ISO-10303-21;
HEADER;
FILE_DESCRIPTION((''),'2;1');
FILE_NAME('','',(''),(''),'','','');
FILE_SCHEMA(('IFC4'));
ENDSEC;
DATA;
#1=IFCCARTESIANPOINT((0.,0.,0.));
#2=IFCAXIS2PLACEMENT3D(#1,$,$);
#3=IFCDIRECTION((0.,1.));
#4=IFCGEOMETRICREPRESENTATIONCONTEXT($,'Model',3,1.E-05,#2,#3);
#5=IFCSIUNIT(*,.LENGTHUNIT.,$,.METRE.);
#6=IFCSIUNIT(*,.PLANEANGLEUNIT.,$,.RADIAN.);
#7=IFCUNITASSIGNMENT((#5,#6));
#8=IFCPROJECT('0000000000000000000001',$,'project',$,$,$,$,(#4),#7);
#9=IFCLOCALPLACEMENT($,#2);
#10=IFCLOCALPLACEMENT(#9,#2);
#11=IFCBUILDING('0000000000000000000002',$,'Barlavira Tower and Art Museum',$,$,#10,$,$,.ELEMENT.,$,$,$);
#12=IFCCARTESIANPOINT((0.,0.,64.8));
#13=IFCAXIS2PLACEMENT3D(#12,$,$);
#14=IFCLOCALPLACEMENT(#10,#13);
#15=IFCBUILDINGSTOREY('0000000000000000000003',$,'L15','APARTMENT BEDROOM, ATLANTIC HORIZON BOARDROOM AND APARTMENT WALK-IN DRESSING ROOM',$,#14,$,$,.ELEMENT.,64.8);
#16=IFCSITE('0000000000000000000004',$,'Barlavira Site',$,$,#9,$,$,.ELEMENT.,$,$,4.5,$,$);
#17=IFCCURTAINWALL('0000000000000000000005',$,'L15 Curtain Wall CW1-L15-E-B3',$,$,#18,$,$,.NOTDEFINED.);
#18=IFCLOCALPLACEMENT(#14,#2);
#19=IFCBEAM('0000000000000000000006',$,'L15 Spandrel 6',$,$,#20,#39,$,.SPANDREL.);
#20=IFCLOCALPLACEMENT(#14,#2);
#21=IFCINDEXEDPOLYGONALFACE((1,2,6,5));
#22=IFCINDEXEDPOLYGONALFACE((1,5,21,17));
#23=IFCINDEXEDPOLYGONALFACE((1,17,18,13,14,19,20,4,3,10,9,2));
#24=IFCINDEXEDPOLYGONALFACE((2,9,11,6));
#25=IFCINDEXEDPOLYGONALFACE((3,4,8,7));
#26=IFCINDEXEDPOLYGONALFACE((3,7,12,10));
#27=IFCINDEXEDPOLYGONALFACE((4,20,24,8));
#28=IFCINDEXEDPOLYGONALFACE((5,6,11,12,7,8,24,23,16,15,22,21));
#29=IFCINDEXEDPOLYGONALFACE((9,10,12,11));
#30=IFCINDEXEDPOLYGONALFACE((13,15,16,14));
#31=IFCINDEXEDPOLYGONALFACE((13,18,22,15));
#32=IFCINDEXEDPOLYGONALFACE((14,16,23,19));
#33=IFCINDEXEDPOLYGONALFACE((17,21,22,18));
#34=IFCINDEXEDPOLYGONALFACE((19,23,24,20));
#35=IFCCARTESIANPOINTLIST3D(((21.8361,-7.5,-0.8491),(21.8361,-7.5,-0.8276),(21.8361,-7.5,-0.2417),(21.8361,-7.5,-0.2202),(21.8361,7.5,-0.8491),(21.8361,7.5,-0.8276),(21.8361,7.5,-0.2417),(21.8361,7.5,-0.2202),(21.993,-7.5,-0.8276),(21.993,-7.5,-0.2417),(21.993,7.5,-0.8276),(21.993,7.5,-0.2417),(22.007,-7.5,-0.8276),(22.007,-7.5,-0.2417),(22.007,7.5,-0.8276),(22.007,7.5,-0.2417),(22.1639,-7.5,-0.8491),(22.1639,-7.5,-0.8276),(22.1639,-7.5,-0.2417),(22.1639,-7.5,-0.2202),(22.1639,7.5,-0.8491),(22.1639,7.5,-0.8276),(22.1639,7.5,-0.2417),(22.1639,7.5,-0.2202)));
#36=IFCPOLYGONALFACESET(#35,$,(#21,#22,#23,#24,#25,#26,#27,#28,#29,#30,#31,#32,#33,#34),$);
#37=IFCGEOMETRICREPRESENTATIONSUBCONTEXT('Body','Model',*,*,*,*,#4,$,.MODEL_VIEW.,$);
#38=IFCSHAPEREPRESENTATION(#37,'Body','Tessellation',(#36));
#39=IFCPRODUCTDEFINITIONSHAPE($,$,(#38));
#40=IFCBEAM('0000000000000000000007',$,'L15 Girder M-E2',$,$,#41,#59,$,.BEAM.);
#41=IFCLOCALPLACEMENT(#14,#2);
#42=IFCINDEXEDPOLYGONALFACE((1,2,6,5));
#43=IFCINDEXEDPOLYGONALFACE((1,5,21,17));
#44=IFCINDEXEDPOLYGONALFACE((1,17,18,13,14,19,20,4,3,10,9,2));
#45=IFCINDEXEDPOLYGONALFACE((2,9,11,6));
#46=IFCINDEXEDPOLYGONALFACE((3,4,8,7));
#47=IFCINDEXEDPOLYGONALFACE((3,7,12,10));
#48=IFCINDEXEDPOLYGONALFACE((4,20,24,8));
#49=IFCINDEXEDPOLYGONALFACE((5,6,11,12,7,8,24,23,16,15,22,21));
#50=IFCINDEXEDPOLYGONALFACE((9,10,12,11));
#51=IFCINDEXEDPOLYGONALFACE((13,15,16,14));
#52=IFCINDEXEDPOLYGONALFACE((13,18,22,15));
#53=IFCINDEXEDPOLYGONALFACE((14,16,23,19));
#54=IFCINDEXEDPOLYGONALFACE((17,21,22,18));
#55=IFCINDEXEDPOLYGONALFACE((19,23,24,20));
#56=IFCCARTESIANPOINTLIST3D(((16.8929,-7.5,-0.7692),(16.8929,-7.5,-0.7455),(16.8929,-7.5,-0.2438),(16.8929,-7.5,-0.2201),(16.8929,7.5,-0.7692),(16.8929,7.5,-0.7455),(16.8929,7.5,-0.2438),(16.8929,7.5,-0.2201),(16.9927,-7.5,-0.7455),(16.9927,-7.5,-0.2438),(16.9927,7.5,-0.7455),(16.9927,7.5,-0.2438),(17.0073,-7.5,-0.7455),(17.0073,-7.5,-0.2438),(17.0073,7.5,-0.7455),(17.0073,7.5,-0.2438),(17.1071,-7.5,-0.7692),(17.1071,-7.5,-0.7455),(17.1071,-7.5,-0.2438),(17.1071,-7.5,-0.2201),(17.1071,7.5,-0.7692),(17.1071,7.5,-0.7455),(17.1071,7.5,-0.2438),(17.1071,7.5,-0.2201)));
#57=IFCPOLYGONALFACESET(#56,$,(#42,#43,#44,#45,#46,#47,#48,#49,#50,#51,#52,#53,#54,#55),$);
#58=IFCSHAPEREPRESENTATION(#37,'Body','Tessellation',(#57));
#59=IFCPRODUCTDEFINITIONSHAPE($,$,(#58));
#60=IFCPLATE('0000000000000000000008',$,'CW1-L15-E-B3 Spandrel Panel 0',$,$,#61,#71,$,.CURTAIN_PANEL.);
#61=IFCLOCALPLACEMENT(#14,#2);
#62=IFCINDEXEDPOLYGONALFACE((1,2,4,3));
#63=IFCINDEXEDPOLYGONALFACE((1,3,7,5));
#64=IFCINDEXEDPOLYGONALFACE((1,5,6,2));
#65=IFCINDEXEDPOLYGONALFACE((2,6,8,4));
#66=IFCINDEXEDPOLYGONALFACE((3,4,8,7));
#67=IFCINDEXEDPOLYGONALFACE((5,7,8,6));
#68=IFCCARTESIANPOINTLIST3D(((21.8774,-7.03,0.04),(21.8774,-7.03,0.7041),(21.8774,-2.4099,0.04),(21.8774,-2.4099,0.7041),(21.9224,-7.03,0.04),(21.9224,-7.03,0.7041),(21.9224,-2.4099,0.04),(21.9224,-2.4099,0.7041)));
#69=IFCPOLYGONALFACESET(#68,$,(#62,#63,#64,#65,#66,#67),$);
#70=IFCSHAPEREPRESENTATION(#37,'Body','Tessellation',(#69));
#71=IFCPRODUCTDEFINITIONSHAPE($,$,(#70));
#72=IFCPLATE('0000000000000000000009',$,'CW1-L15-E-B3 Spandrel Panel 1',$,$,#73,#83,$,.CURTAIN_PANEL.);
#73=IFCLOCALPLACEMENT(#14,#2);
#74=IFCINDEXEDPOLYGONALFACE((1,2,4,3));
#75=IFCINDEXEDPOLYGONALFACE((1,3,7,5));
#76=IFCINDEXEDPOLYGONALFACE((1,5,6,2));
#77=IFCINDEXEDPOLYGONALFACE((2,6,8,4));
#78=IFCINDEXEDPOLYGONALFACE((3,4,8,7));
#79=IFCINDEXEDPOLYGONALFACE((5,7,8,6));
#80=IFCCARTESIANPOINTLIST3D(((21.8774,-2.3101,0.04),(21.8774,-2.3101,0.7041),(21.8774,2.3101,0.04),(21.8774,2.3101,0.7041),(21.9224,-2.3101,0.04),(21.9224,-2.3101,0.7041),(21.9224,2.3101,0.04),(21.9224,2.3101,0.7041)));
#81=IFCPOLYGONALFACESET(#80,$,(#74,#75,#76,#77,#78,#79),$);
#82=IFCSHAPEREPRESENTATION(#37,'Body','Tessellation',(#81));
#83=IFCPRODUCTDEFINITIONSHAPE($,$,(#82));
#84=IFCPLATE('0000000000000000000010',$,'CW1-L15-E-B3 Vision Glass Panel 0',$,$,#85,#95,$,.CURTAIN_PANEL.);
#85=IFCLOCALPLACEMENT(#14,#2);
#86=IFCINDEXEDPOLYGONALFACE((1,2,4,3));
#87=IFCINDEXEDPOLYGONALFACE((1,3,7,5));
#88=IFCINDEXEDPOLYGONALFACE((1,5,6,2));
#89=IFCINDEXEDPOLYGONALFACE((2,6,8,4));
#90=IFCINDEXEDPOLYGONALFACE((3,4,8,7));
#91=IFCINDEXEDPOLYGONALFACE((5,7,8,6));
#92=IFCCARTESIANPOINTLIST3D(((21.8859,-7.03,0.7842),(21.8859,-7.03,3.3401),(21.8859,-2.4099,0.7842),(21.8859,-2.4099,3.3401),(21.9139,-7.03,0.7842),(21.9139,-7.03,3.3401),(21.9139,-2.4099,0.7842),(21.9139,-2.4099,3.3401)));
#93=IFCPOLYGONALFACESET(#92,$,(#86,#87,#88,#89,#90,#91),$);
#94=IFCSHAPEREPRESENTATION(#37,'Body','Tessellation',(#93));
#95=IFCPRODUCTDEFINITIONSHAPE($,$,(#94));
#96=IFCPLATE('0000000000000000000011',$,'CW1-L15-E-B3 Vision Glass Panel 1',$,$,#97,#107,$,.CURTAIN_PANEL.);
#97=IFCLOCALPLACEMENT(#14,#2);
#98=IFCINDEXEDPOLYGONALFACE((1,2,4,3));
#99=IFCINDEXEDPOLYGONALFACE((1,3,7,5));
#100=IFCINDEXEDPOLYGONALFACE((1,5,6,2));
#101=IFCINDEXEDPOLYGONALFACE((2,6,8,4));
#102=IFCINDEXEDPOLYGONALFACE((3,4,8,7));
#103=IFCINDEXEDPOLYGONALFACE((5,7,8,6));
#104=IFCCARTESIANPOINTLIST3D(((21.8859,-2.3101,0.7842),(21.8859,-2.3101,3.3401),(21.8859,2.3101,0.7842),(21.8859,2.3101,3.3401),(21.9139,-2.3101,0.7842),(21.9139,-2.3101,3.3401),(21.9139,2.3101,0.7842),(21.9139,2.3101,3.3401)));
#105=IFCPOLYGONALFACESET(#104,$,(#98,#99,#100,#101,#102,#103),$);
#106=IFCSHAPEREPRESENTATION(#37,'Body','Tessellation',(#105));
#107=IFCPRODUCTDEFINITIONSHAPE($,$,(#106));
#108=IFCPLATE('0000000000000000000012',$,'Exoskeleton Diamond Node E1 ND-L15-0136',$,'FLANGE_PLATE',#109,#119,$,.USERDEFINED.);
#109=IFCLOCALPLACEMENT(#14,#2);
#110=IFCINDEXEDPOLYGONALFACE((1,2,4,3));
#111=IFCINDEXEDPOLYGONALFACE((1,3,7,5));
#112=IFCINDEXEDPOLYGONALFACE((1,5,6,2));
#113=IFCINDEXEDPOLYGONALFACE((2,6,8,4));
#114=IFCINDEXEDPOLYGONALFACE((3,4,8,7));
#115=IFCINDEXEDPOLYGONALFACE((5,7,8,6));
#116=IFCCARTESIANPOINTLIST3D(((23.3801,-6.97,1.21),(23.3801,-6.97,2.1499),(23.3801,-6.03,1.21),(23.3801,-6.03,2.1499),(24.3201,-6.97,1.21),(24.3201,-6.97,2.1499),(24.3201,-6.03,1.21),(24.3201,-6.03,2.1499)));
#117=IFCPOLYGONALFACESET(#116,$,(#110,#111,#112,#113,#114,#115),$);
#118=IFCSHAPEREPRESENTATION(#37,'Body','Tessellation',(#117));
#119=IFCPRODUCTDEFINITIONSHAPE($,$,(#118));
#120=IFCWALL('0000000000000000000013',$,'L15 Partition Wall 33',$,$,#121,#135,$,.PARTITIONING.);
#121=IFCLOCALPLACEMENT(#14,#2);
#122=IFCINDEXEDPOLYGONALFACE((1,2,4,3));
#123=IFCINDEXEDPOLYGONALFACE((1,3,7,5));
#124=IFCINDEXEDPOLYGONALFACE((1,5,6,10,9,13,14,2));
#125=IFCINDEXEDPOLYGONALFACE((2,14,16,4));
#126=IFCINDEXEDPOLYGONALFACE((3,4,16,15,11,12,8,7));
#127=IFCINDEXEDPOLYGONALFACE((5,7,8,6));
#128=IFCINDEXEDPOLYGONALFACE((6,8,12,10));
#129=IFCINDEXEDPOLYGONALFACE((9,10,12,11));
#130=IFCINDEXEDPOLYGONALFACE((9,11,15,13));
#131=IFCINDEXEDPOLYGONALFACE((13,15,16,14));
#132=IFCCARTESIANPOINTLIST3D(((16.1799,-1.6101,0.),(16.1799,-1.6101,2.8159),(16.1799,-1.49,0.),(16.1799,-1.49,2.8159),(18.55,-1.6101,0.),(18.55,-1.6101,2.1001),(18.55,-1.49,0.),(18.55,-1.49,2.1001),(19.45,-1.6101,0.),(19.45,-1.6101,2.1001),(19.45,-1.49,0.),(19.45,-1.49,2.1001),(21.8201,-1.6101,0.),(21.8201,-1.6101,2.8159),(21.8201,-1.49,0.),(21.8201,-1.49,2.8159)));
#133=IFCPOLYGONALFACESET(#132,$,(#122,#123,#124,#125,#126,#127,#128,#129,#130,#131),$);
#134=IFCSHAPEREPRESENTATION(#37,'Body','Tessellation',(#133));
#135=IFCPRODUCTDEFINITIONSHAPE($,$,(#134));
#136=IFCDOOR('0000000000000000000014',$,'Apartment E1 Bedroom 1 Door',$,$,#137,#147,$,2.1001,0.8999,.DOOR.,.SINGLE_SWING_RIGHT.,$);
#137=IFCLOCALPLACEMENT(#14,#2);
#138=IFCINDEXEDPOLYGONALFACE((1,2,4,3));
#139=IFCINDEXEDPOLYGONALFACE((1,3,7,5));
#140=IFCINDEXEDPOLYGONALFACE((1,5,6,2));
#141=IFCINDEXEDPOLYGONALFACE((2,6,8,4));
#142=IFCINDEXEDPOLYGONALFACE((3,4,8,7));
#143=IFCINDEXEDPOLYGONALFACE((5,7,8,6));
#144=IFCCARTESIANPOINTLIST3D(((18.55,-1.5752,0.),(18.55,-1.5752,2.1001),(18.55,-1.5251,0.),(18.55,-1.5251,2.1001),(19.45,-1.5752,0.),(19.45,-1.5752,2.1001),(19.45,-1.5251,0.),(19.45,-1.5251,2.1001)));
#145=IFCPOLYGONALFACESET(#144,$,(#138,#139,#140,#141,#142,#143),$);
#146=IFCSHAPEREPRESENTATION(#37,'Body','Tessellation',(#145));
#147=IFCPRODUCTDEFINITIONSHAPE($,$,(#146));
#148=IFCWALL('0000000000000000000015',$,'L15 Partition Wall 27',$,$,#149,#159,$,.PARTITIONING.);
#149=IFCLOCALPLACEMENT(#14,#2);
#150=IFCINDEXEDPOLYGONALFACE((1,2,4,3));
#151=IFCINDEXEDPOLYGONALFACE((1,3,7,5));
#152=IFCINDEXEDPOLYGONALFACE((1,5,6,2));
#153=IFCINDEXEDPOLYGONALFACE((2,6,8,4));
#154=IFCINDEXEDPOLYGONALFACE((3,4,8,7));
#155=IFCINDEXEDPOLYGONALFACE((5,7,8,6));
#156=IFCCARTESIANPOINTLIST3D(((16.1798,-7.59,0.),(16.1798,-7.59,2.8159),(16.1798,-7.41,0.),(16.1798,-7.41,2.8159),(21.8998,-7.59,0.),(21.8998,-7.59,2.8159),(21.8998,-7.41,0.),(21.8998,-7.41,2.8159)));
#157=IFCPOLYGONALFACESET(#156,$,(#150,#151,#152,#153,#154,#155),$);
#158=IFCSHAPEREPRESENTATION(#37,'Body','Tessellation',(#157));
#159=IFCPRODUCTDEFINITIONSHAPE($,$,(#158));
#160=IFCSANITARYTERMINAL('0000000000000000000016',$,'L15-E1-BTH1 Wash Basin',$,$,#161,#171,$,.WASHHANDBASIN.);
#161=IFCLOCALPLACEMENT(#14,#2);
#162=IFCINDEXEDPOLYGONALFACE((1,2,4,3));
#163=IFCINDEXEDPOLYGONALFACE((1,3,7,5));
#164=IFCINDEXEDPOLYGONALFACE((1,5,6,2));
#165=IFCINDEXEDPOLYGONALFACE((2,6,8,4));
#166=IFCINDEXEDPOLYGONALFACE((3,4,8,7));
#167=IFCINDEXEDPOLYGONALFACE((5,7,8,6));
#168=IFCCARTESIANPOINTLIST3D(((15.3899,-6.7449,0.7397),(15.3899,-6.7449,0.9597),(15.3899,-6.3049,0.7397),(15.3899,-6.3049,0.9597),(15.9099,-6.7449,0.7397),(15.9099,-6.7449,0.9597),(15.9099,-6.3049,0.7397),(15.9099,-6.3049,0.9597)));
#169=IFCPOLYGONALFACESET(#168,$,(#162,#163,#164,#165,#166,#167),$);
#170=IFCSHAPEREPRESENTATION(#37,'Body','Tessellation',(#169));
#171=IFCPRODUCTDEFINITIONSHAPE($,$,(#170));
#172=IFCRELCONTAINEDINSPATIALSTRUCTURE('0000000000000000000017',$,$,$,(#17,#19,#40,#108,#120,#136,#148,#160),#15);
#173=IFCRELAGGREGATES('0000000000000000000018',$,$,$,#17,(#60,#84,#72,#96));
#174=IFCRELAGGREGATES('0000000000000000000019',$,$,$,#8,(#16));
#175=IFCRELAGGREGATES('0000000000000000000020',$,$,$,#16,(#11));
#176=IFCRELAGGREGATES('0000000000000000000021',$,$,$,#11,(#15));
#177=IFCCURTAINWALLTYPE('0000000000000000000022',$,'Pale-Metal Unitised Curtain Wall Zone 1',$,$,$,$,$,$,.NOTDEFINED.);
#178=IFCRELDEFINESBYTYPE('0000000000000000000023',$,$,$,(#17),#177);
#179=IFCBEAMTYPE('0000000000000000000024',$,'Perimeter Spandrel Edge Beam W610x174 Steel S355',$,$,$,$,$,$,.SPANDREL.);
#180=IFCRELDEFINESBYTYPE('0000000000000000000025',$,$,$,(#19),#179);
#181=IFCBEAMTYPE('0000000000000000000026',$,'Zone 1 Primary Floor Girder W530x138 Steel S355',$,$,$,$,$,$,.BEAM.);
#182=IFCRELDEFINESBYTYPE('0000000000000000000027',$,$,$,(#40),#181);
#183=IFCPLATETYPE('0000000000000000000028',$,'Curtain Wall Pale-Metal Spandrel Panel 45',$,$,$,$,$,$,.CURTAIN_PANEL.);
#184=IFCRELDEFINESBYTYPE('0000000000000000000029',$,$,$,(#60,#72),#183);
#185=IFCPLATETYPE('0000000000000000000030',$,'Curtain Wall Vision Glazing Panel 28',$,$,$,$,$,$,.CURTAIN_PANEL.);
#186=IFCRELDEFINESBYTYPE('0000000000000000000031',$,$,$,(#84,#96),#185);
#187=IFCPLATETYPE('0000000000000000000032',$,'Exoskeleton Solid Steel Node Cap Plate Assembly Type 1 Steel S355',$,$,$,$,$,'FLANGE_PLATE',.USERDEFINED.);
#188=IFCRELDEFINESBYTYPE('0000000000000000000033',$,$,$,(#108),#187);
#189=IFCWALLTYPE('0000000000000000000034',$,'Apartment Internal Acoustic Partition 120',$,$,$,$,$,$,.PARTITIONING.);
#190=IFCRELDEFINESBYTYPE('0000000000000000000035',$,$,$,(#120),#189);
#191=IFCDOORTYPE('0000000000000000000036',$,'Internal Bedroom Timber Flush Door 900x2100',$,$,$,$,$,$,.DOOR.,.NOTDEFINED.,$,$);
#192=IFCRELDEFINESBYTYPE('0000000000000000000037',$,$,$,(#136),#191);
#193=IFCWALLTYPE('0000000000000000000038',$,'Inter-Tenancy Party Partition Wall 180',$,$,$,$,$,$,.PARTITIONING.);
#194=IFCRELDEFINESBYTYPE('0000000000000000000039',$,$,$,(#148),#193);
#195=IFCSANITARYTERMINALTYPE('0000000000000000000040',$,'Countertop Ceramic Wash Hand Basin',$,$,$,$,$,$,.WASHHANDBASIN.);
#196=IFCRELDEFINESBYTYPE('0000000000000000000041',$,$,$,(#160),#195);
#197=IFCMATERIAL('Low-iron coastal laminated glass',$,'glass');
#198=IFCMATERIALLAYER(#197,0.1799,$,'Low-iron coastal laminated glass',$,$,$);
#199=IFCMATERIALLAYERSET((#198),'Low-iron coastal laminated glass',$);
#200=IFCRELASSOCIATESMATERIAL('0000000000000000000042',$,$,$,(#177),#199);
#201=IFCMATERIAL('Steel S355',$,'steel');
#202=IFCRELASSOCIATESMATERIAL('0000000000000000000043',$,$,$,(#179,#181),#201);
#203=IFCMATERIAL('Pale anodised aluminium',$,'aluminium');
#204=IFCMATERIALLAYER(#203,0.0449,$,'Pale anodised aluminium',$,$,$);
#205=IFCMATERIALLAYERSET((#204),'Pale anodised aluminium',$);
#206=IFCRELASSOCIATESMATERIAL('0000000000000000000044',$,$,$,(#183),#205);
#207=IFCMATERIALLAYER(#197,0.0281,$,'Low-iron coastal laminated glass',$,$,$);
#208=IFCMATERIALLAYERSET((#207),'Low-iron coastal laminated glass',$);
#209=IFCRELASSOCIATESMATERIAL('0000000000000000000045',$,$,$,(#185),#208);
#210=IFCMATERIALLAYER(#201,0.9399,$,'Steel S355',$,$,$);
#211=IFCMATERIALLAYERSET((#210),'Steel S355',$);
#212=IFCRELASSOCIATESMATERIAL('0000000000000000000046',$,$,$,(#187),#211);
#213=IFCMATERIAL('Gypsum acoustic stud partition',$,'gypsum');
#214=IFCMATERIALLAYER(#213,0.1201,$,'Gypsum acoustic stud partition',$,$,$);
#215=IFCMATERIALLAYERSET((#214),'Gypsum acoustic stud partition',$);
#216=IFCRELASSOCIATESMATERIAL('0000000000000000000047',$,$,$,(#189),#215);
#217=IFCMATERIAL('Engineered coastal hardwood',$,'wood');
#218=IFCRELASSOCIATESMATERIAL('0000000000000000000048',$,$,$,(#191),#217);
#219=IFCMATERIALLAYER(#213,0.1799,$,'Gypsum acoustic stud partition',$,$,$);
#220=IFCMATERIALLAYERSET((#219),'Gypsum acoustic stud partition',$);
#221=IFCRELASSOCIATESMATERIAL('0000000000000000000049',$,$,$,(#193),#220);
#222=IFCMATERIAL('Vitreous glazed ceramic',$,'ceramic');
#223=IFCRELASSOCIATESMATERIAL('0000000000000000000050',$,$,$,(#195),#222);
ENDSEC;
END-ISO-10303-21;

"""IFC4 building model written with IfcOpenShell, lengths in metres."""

from ifc_helpers import new_model, si_unit, direction, frame, frame_2d, origin, origin_2d, place, context, subcontext, project, spatial, rectangle, i_section, extrude, material, layer, layer_set, material_profile, profile_set, type_object, element, fill, aggregate, save


model = new_model("IFC4")

# Units and contexts
model_context = context("Model", 3, precision=1e-05, world=origin(), true_north=direction((0.0, 1.0)))
body_context = subcontext(model_context, "Body", "Model", "MODEL_VIEW")
ifc_project = project(units=[si_unit("LENGTHUNIT", "METRE"), si_unit("PLANEANGLEUNIT", "RADIAN")], contexts=[model_context])

# Site, building, storey
site_placement = place(None, origin())
site = spatial("IfcSite", under=ifc_project, at=site_placement, Name="Barlavira Site", CompositionType="ELEMENT", RefElevation=4.5)
building_placement = place(site_placement, origin())
building = spatial("IfcBuilding", under=site, at=building_placement, Name="Barlavira Tower and Art Museum", CompositionType="ELEMENT")
storey_placement = place(building_placement, frame((0.0, 0.0, 64.8)))
storey = spatial("IfcBuildingStorey", under=building, at=storey_placement, Name="L15", Description="APARTMENT BEDROOM, ATLANTIC HORIZON BOARDROOM AND APARTMENT WALK-IN DRESSING ROOM", CompositionType="ELEMENT", Elevation=64.8)

# Curtain wall
ifc_material_1 = material(Name="Low-iron coastal laminated glass", Category="glass")
ifc_layer_1 = layer(ifc_material_1, 0.1799, Name="Low-iron coastal laminated glass")
ifc_layer_set_1 = layer_set([ifc_layer_1], Name="Low-iron coastal laminated glass")
curtain_wall_type = type_object("IfcCurtainWallType", Name="Pale-Metal Unitised Curtain Wall Zone 1", PredefinedType="NOTDEFINED", material=ifc_layer_set_1)
curtain_wall_placement = place(storey_placement, origin())
curtain_wall = element("IfcCurtainWall", 1, at=curtain_wall_placement, inside=storey, type_object=curtain_wall_type, Name="L15 Curtain Wall CW1-L15-E-B3", PredefinedType="NOTDEFINED")
ifc_material_2 = material(Name="Pale anodised aluminium", Category="aluminium")

# Beams
ifc_material_3 = material(Name="Steel S355", Category="steel")
ifc_material_profile_1 = material_profile(ifc_material_3, i_section(OverallWidth=0.3279, OverallDepth=0.6289, WebThickness=0.0139, FlangeThickness=0.0215, at=origin_2d()), Name="W610x174.0")
ifc_profile_set_1 = profile_set([ifc_material_profile_1], Name="Steel S355")
beam_type_1 = type_object("IfcBeamType", Name="Perimeter Spandrel Edge Beam W610x174 Steel S355", PredefinedType="SPANDREL", material=ifc_profile_set_1)
beam_1_placement = place(storey_placement, frame((22.0, -7.5, -0.5347), z_axis=(0.0, 1.0, 0.0), x_axis=(-1.0, 0.0, 0.0)))
element("IfcBeam", 2, at=beam_1_placement, inside=storey, type_object=beam_type_1, Name="L15 Spandrel 6", PredefinedType="SPANDREL", context=body_context, shape_type="SweptSolid", body=[
    extrude(i_section(OverallWidth=0.3279, OverallDepth=0.6289, WebThickness=0.0139, FlangeThickness=0.0215, at=origin_2d()), origin(), (0.0, 0.0, 1.0), 15.0),
])
ifc_material_profile_2 = material_profile(ifc_material_3, i_section(OverallWidth=0.2141, OverallDepth=0.5491, WebThickness=0.0146, FlangeThickness=0.0237, at=origin_2d()), Name="W530x138.0")
ifc_profile_set_2 = profile_set([ifc_material_profile_2], Name="Steel S355")
beam_type_2 = type_object("IfcBeamType", Name="Zone 1 Primary Floor Girder W530x138 Steel S355", PredefinedType="BEAM", material=ifc_profile_set_2)
beam_2_placement = place(storey_placement, frame((17.0, -7.5, -0.4946), z_axis=(0.0, 1.0, 0.0), x_axis=(-1.0, 0.0, 0.0)))
element("IfcBeam", 3, at=beam_2_placement, inside=storey, type_object=beam_type_2, Name="L15 Girder M-E2", PredefinedType="BEAM", context=body_context, shape_type="SweptSolid", body=[
    extrude(i_section(OverallWidth=0.2141, OverallDepth=0.5491, WebThickness=0.0146, FlangeThickness=0.0237, at=origin_2d()), origin(), (0.0, 0.0, 1.0), 15.0),
])

# Plates
ifc_layer_2 = layer(ifc_material_2, 0.0449, Name="Pale anodised aluminium")
ifc_layer_set_2 = layer_set([ifc_layer_2], Name="Pale anodised aluminium")
plate_type_1 = type_object("IfcPlateType", Name="Curtain Wall Pale-Metal Spandrel Panel 45", PredefinedType="CURTAIN_PANEL", material=ifc_layer_set_2)
plate_1_placement = place(storey_placement, frame((21.8999, -4.72, 0.04), z_axis=(0.0, 0.0, 1.0), x_axis=(0.0, 1.0, 0.0)))
plate_1 = element("IfcPlate", 4, at=plate_1_placement, type_object=plate_type_1, Name="CW1-L15-E-B3 Spandrel Panel 0", PredefinedType="CURTAIN_PANEL", context=body_context, shape_type="SweptSolid", body=[
    extrude(rectangle(XDim=4.6201, YDim=0.0449, at=origin_2d()), origin(), (0.0, 0.0, 1.0), 0.6641),
])
plate_2_placement = place(storey_placement, frame((21.8999, 0.0, 0.04), z_axis=(0.0, 0.0, 1.0), x_axis=(0.0, 1.0, 0.0)))
plate_2 = element("IfcPlate", 5, at=plate_2_placement, type_object=plate_type_1, Name="CW1-L15-E-B3 Spandrel Panel 1", PredefinedType="CURTAIN_PANEL", context=body_context, shape_type="SweptSolid", body=[
    extrude(rectangle(XDim=4.6201, YDim=0.0449, at=origin_2d()), origin(), (0.0, 0.0, 1.0), 0.6641),
])
ifc_layer_3 = layer(ifc_material_1, 0.0281, Name="Low-iron coastal laminated glass")
ifc_layer_set_3 = layer_set([ifc_layer_3], Name="Low-iron coastal laminated glass")
plate_type_2 = type_object("IfcPlateType", Name="Curtain Wall Vision Glazing Panel 28", PredefinedType="CURTAIN_PANEL", material=ifc_layer_set_3)
plate_3_placement = place(storey_placement, frame((21.8999, -4.72, 0.7842), z_axis=(0.0, 0.0, 1.0), x_axis=(0.0, 1.0, 0.0)))
plate_3 = element("IfcPlate", 6, at=plate_3_placement, type_object=plate_type_2, Name="CW1-L15-E-B3 Vision Glass Panel 0", PredefinedType="CURTAIN_PANEL", context=body_context, shape_type="SweptSolid", body=[
    extrude(rectangle(XDim=4.6201, YDim=0.0281, at=origin_2d()), origin(), (0.0, 0.0, 1.0), 2.5559),
])
plate_4_placement = place(storey_placement, frame((21.8999, 0.0, 0.7842), z_axis=(0.0, 0.0, 1.0), x_axis=(0.0, 1.0, 0.0)))
plate_4 = element("IfcPlate", 7, at=plate_4_placement, type_object=plate_type_2, Name="CW1-L15-E-B3 Vision Glass Panel 1", PredefinedType="CURTAIN_PANEL", context=body_context, shape_type="SweptSolid", body=[
    extrude(rectangle(XDim=4.6201, YDim=0.0281, at=origin_2d()), origin(), (0.0, 0.0, 1.0), 2.5559),
])
aggregate(curtain_wall, [plate_1, plate_3, plate_2, plate_4])
ifc_layer_4 = layer(ifc_material_3, 0.9399, Name="Steel S355")
ifc_layer_set_4 = layer_set([ifc_layer_4], Name="Steel S355")
plate_type_3 = type_object("IfcPlateType", Name="Exoskeleton Solid Steel Node Cap Plate Assembly Type 1 Steel S355", ElementType="FLANGE_PLATE", PredefinedType="USERDEFINED", material=ifc_layer_set_4)
plate_5_placement = place(storey_placement, frame((23.8501, -6.5, 1.21), z_axis=(0.0, 0.0, 1.0), x_axis=(1.0, 0.0, 0.0)))
element("IfcPlate", 8, at=plate_5_placement, inside=storey, type_object=plate_type_3, Name="Exoskeleton Diamond Node E1 ND-L15-0136", ObjectType="FLANGE_PLATE", PredefinedType="USERDEFINED", context=body_context, shape_type="SweptSolid", body=[
    extrude(rectangle(XDim=0.9399, YDim=0.9399, at=origin_2d()), origin(), (0.0, 0.0, 1.0), 0.9399),
])

# Wall, opening, door
ifc_material_4 = material(Name="Gypsum acoustic stud partition", Category="gypsum")
ifc_layer_5 = layer(ifc_material_4, 0.1201, Name="Gypsum acoustic stud partition")
ifc_layer_set_5 = layer_set([ifc_layer_5], Name="Gypsum acoustic stud partition")
wall_type_1 = type_object("IfcWallType", Name="Apartment Internal Acoustic Partition 120", PredefinedType="PARTITIONING", material=ifc_layer_set_5)
wall_1_placement = place(storey_placement, frame((16.1799, -1.55, 0.0), z_axis=(0.0, 0.0, 1.0), x_axis=(1.0, 0.0, 0.0)))
wall_1 = element("IfcWall", 9, at=wall_1_placement, inside=storey, type_object=wall_type_1, Name="L15 Partition Wall 33", PredefinedType="PARTITIONING", context=body_context, shape_type="SweptSolid", body=[
    extrude(rectangle(XDim=5.6401, YDim=0.1201, at=frame_2d((2.8201, 0.0))), origin(), (0.0, 0.0, 1.0), 2.8159),
])
opening_placement = place(wall_1_placement, frame((2.3701, 0.0, 0.0)))
opening = element("IfcOpeningElement", 10, at=opening_placement, cuts=wall_1, PredefinedType="OPENING", context=body_context, shape_type="SweptSolid", body=[
    extrude(rectangle(XDim=0.8999, YDim=2.1001, at=frame_2d((0.45, 1.05))), frame((0.0, 0.0701, 0.0), z_axis=(0.0, -1.0, 0.0), x_axis=(1.0, 0.0, 0.0)), (0.0, 0.0, 1.0), 0.1401),
])
ifc_material_5 = material(Name="Engineered coastal hardwood", Category="wood")
door_type = type_object("IfcDoorType", Name="Internal Bedroom Timber Flush Door 900x2100", OperationType="NOTDEFINED", PredefinedType="DOOR", material=ifc_material_5)
door_placement = place(opening_placement, origin())
door = element("IfcDoor", 11, at=door_placement, inside=storey, type_object=door_type, Name="Apartment E1 Bedroom 1 Door", OperationType="SINGLE_SWING_RIGHT", OverallHeight=2.1001, OverallWidth=0.8999, PredefinedType="DOOR", context=body_context, shape_type="SweptSolid", body=[
    extrude(rectangle(XDim=0.8999, YDim=2.1001, at=frame_2d((0.45, 1.05))), frame((0.0, 0.0249, 0.0), z_axis=(0.0, -1.0, 0.0), x_axis=(1.0, 0.0, 0.0)), (0.0, 0.0, 1.0), 0.05),
])
fill(opening, door)

# Wall
ifc_layer_6 = layer(ifc_material_4, 0.1799, Name="Gypsum acoustic stud partition")
ifc_layer_set_6 = layer_set([ifc_layer_6], Name="Gypsum acoustic stud partition")
wall_type_2 = type_object("IfcWallType", Name="Inter-Tenancy Party Partition Wall 180", PredefinedType="PARTITIONING", material=ifc_layer_set_6)
wall_2_placement = place(storey_placement, frame((16.1799, -7.5, 0.0), z_axis=(0.0, 0.0, 1.0), x_axis=(1.0, 0.0, 0.0)))
element("IfcWall", 12, at=wall_2_placement, inside=storey, type_object=wall_type_2, Name="L15 Partition Wall 27", PredefinedType="PARTITIONING", context=body_context, shape_type="SweptSolid", body=[
    extrude(rectangle(XDim=5.72, YDim=0.1799, at=frame_2d((2.8599, 0.0))), origin(), (0.0, 0.0, 1.0), 2.8159),
])

# Sanitary terminal
ifc_material_6 = material(Name="Vitreous glazed ceramic", Category="ceramic")
sanitary_terminal_type_1 = type_object("IfcSanitaryTerminalType", Name="Countertop Ceramic Wash Hand Basin", PredefinedType="WASHHANDBASIN", material=ifc_material_6)
sanitary_terminal_1_placement = place(storey_placement, frame((15.6499, -6.5249, 0.7397), z_axis=(0.0, 0.0, 1.0), x_axis=(1.0, 0.0, 0.0)))
element("IfcSanitaryTerminal", 13, at=sanitary_terminal_1_placement, inside=storey, type_object=sanitary_terminal_type_1, Name="L15-E1-BTH1 Wash Basin", PredefinedType="WASHHANDBASIN", context=body_context, shape_type="SweptSolid", body=[
    extrude(rectangle(XDim=0.52, YDim=0.4399, at=origin_2d()), origin(), (0.0, 0.0, 1.0), 0.22),
])

save(model, "model.ifc")
